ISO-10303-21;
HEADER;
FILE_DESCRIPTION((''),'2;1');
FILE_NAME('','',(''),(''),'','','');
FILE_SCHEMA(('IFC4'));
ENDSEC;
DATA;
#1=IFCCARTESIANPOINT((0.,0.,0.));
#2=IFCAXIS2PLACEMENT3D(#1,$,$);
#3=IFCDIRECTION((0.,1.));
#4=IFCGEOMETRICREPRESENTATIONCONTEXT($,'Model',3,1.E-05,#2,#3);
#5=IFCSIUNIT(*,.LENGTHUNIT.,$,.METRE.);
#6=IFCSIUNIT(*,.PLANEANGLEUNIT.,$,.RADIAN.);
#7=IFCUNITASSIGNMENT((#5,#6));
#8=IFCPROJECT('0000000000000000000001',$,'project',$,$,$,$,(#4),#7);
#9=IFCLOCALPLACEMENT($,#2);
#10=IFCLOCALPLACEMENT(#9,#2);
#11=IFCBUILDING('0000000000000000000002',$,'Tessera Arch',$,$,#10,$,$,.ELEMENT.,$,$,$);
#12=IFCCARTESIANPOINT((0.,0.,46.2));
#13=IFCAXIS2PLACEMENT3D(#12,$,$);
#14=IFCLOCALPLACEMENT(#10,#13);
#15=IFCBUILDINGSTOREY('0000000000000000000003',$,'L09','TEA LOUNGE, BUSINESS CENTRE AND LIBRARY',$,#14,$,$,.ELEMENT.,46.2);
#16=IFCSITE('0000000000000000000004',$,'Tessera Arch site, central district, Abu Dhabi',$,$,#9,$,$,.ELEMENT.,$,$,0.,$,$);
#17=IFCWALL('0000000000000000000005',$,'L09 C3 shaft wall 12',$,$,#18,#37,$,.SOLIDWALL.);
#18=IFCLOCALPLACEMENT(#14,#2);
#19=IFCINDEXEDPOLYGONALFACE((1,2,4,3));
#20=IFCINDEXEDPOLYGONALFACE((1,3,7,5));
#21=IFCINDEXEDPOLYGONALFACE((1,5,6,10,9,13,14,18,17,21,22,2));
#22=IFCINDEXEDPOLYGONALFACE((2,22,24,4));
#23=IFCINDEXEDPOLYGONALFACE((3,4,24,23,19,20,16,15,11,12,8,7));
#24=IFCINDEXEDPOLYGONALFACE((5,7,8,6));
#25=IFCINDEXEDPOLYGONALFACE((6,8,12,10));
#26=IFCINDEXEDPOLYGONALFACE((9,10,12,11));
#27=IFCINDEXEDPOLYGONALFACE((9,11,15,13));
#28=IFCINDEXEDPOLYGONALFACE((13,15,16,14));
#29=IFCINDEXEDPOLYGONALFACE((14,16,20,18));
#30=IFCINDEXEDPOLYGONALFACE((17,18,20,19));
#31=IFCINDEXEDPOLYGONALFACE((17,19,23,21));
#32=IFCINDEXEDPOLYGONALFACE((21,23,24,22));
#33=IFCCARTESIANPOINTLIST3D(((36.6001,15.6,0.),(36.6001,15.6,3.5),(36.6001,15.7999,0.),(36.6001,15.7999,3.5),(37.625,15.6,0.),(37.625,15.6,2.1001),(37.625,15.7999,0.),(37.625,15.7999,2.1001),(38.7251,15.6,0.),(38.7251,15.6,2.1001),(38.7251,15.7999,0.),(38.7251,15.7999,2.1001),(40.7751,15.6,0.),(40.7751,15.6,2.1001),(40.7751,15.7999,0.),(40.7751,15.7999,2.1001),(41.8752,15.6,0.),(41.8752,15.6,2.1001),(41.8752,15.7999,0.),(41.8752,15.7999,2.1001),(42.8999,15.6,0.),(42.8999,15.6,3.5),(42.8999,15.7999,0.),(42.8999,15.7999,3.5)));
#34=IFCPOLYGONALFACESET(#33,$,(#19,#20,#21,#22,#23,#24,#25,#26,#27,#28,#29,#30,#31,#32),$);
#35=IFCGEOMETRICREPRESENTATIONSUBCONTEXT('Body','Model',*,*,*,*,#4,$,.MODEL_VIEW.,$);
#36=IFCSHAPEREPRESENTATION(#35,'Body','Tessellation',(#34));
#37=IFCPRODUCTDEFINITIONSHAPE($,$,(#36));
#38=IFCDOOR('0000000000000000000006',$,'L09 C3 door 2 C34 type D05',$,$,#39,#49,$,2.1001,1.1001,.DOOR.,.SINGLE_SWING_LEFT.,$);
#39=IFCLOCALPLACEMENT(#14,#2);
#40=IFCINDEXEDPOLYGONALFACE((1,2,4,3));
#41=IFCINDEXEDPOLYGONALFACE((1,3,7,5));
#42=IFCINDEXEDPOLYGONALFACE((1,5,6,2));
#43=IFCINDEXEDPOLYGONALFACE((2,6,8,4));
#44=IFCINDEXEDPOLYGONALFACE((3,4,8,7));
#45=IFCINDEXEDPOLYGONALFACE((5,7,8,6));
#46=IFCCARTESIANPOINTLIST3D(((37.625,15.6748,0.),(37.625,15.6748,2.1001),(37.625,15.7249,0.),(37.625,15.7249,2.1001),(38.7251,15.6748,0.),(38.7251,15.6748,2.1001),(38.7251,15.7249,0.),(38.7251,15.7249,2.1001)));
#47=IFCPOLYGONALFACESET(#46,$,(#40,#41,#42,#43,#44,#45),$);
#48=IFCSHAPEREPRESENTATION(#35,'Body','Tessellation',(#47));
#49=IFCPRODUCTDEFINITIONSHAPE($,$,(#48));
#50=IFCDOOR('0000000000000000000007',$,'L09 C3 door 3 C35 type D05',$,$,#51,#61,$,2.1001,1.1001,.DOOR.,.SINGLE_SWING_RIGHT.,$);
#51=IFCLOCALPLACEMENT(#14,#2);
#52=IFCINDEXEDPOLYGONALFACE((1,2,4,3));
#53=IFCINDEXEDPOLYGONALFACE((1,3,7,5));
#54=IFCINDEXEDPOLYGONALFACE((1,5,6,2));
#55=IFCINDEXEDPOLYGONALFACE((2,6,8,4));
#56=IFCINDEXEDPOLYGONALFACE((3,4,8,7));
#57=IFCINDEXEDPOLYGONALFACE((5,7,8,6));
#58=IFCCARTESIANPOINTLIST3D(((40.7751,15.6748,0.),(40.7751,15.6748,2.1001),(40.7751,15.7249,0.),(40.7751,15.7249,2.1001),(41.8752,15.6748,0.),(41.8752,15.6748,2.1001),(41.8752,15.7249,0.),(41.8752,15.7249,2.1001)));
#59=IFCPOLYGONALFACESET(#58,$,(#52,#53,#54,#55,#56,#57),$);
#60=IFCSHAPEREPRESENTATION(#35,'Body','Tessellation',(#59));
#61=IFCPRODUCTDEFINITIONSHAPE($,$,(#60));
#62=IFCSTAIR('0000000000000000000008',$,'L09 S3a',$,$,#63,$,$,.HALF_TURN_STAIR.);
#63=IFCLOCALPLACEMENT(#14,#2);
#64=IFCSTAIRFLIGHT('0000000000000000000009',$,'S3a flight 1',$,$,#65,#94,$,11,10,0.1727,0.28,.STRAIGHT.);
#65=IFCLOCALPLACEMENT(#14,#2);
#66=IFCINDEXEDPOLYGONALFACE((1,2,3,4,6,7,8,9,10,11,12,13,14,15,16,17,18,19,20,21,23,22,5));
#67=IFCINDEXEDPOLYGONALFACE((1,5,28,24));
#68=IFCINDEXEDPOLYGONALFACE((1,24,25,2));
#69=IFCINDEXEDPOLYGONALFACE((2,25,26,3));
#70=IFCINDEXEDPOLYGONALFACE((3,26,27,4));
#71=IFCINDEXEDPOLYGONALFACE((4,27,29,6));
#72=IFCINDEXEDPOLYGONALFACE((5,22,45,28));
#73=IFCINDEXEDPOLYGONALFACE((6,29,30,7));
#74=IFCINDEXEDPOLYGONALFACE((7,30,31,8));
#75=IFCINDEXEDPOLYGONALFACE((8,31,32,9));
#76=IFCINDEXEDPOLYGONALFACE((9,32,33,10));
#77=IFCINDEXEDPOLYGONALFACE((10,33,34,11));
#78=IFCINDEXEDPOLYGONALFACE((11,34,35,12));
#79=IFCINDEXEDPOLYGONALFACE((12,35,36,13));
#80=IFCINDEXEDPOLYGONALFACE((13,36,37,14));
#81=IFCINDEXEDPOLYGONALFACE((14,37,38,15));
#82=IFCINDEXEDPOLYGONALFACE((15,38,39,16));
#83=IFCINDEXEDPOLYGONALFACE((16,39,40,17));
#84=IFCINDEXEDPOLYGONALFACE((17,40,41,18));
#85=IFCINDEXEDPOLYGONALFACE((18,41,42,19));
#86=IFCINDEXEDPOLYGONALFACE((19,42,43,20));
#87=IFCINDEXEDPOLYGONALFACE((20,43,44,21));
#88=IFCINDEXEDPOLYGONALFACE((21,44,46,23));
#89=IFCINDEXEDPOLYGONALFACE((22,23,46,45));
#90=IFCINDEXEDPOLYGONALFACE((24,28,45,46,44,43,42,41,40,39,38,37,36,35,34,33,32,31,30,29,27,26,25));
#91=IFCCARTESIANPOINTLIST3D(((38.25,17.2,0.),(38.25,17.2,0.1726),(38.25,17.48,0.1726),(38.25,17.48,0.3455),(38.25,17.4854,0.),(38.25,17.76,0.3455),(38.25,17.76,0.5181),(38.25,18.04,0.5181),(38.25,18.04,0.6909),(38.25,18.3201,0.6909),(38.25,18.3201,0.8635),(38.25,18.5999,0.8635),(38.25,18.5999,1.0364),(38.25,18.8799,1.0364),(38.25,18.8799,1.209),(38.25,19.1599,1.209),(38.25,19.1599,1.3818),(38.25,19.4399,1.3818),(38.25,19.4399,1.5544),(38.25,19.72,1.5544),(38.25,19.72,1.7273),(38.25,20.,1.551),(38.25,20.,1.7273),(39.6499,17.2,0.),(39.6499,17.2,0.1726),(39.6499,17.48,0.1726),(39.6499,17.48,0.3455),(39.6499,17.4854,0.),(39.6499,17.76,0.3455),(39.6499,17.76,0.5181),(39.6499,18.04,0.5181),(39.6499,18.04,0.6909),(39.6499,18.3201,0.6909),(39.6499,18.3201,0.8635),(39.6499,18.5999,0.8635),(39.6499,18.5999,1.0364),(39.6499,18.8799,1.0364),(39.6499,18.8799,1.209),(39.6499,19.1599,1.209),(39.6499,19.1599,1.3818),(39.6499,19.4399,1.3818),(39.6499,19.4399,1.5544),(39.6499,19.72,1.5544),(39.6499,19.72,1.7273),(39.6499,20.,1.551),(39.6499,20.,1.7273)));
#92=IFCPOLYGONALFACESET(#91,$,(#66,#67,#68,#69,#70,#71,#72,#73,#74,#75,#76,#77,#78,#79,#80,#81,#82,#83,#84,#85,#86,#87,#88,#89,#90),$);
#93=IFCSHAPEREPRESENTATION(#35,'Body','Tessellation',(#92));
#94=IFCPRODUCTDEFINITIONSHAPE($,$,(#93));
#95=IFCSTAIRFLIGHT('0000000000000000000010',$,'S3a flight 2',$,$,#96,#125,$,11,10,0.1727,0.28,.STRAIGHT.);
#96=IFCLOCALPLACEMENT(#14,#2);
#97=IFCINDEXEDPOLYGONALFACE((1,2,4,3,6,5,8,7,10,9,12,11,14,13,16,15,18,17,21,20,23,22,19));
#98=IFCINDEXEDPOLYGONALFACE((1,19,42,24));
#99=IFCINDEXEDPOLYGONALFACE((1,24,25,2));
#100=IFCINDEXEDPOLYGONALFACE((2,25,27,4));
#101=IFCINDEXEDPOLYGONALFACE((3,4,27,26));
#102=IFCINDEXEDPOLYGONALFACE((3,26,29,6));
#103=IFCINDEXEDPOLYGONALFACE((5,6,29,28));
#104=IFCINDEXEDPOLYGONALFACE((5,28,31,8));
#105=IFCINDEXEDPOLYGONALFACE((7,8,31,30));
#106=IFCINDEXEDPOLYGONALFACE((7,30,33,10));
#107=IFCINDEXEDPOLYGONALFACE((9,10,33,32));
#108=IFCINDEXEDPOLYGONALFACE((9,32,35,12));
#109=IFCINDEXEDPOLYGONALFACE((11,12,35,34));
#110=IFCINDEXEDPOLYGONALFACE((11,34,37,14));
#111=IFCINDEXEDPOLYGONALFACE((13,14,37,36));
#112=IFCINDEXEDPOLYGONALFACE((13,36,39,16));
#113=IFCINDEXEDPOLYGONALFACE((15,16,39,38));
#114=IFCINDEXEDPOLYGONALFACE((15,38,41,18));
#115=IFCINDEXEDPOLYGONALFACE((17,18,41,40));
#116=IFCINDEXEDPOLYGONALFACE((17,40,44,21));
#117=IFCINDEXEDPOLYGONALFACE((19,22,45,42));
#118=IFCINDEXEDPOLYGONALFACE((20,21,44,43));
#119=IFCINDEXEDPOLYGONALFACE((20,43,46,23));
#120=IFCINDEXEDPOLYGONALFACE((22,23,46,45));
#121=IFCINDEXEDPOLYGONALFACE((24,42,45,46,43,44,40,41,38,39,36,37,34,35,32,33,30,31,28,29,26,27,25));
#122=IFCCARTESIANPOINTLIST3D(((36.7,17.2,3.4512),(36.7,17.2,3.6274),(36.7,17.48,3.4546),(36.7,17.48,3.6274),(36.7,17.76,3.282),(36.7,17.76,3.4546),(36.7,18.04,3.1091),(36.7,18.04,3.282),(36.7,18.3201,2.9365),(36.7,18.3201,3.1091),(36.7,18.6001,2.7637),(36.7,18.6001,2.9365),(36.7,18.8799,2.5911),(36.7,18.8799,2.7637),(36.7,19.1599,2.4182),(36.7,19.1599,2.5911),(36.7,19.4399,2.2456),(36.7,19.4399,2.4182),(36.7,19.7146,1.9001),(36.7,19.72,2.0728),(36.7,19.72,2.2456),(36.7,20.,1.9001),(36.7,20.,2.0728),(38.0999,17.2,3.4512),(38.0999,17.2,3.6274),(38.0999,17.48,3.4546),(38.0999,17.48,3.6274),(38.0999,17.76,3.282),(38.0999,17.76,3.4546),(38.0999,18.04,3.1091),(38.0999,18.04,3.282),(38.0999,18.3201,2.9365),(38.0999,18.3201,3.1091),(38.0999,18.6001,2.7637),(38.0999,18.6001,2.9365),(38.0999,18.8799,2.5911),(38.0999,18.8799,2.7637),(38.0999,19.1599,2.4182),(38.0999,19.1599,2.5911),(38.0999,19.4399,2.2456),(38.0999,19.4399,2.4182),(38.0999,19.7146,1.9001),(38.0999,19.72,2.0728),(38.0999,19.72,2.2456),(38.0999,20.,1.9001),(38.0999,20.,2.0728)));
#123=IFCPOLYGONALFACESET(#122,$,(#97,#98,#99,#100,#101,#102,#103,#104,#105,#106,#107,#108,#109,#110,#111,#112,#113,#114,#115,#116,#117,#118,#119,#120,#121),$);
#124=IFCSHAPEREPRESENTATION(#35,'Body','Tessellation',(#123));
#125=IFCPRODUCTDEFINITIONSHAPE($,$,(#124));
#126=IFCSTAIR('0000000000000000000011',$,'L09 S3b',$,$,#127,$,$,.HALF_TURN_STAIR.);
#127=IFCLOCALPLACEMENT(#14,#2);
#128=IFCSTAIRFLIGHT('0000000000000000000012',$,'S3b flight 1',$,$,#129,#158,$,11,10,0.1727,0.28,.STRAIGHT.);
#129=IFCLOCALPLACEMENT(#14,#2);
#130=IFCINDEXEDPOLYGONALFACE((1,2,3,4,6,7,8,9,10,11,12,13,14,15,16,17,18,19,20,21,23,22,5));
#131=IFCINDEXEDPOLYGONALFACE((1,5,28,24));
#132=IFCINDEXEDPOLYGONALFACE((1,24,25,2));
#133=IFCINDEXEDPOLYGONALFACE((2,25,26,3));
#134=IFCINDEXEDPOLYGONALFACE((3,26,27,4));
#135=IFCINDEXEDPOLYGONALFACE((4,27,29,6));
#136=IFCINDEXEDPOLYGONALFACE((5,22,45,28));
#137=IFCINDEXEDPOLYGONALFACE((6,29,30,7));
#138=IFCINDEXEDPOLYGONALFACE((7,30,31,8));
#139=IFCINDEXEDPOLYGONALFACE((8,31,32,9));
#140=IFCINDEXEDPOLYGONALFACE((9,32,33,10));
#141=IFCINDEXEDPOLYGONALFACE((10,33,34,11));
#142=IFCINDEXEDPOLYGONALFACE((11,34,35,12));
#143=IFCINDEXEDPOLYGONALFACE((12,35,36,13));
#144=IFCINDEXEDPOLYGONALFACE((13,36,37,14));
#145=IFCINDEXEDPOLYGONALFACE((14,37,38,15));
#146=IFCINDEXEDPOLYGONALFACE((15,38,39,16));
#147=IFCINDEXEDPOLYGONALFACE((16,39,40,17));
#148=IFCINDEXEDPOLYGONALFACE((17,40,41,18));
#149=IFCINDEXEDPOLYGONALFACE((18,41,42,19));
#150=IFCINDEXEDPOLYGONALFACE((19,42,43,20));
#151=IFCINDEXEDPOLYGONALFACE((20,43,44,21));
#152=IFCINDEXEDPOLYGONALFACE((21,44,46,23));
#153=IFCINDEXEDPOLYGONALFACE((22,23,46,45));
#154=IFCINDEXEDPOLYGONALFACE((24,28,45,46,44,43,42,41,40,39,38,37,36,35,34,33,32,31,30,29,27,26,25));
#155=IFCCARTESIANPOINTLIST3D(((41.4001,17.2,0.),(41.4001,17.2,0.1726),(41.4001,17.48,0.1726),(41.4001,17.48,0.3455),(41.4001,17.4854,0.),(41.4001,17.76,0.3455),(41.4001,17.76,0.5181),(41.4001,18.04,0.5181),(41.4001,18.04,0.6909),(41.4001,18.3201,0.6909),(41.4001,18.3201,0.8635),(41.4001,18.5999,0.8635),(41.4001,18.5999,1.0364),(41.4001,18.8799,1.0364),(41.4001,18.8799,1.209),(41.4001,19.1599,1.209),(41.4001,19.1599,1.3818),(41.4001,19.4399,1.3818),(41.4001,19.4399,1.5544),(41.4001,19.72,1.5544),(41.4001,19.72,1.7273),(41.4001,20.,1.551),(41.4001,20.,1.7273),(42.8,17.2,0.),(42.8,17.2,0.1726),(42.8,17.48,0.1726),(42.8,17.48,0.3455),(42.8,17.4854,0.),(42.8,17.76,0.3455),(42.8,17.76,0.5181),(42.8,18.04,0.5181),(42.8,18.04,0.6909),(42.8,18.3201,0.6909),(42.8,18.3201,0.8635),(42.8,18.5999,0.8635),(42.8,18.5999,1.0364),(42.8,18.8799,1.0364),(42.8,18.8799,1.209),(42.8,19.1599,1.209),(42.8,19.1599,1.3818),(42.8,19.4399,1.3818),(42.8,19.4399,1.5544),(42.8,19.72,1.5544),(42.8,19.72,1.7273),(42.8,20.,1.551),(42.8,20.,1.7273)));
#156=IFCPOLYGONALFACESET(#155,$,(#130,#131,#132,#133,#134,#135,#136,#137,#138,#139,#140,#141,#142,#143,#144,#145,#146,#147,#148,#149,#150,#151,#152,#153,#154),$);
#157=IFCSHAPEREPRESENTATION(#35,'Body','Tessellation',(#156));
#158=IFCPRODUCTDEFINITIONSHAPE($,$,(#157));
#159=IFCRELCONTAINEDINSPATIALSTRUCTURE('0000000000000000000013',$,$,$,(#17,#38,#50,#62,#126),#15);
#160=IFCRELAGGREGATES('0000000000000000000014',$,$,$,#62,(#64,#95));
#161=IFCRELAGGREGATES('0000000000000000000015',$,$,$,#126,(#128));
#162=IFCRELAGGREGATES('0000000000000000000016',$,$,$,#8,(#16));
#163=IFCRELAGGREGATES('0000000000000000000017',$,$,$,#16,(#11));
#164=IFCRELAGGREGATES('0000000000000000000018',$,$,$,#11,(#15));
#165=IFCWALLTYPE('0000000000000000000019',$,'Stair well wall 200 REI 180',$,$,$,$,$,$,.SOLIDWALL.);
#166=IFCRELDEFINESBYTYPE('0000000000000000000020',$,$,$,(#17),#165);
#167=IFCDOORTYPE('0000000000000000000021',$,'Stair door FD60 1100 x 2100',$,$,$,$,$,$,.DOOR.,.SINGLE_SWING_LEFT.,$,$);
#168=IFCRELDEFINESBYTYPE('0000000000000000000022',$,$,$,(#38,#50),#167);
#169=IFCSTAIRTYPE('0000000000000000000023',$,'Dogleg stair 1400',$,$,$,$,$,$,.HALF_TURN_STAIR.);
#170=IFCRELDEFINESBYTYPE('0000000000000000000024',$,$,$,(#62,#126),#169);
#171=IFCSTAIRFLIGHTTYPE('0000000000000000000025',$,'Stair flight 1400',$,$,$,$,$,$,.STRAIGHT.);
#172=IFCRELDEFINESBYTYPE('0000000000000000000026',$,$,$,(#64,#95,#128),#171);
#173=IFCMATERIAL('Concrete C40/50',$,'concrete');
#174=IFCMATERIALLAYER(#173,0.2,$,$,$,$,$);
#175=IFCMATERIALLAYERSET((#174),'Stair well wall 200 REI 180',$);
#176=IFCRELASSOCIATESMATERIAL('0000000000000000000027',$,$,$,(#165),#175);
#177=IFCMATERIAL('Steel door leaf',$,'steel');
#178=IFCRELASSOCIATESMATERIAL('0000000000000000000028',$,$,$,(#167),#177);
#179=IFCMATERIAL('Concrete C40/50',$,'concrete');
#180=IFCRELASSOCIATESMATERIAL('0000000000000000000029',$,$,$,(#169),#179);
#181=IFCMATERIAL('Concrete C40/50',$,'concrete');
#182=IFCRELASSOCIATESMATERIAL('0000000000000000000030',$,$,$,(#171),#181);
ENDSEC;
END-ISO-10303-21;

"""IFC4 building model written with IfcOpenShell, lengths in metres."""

from ifc_helpers import new_model, si_unit, direction, frame, frame_2d, origin, place, context, subcontext, project, spatial, polyline, rectangle, outline, extrude, material, layer, layer_set, type_object, element, fill, aggregate, save


model = new_model("IFC4")

# Units and contexts
model_context = context("Model", 3, precision=1e-05, world=origin(), true_north=direction((0.0, 1.0)))
body_context = subcontext(model_context, "Body", "Model", "MODEL_VIEW")
ifc_project = project(units=[si_unit("LENGTHUNIT", "METRE"), si_unit("PLANEANGLEUNIT", "RADIAN")], contexts=[model_context])

# Site, building, storey
site_placement = place(None, origin())
site = spatial("IfcSite", under=ifc_project, at=site_placement, Name="Tessera Arch site, central district, Abu Dhabi", CompositionType="ELEMENT", RefElevation=0.0)
building_placement = place(site_placement, origin())
building = spatial("IfcBuilding", under=site, at=building_placement, Name="Tessera Arch", CompositionType="ELEMENT")
storey_placement = place(building_placement, frame((0.0, 0.0, 46.2)))
storey = spatial("IfcBuildingStorey", under=building, at=storey_placement, Name="L09", Description="TEA LOUNGE, BUSINESS CENTRE AND LIBRARY", CompositionType="ELEMENT", Elevation=46.2)

# Shared definitions
ifc_material_1 = material(Name="Concrete C40/50", Category="concrete")
ifc_layer_1 = layer(ifc_material_1, 0.2)
ifc_layer_set_1 = layer_set([ifc_layer_1], Name="Stair well wall 200 REI 180")
wall_type_1 = type_object("IfcWallType", Name="Stair well wall 200 REI 180", PredefinedType="SOLIDWALL", material=ifc_layer_set_1)

# Wall, openings, doors
wall_1_placement = place(storey_placement, frame((36.6001, 15.7, 0.0), z_axis=(0.0, 0.0, 1.0), x_axis=(1.0, 0.0, 0.0)))
wall_1 = element("IfcWall", 1, at=wall_1_placement, inside=storey, type_object=wall_type_1, Name="L09 C3 shaft wall 12", PredefinedType="SOLIDWALL", context=body_context, shape_type="SweptSolid", body=[
    extrude(rectangle(XDim=6.2998, YDim=0.2, at=frame_2d((3.1499, 0.0))), origin(), (0.0, 0.0, 1.0), 3.5),
])
opening_1_placement = place(wall_1_placement, frame((1.0249, 0.0, 0.0)))
opening_1 = element("IfcOpeningElement", 2, at=opening_1_placement, cuts=wall_1, PredefinedType="OPENING", context=body_context, shape_type="SweptSolid", body=[
    extrude(rectangle(XDim=1.1001, YDim=2.1001, at=frame_2d((0.55, 1.05))), frame((0.0, 0.1099, 0.0), z_axis=(0.0, -1.0, 0.0), x_axis=(1.0, 0.0, 0.0)), (0.0, 0.0, 1.0), 0.22),
])
opening_2_placement = place(wall_1_placement, frame((4.175, 0.0, 0.0)))
opening_2 = element("IfcOpeningElement", 3, at=opening_2_placement, cuts=wall_1, PredefinedType="OPENING", context=body_context, shape_type="SweptSolid", body=[
    extrude(rectangle(XDim=1.1001, YDim=2.1001, at=frame_2d((0.55, 1.05))), frame((0.0, 0.1099, 0.0), z_axis=(0.0, -1.0, 0.0), x_axis=(1.0, 0.0, 0.0)), (0.0, 0.0, 1.0), 0.22),
])
ifc_material_2 = material(Name="Steel door leaf", Category="steel")
door_type_1 = type_object("IfcDoorType", Name="Stair door FD60 1100 x 2100", OperationType="SINGLE_SWING_LEFT", PredefinedType="DOOR", material=ifc_material_2)
door_1_placement = place(opening_1_placement, origin())
door_1 = element("IfcDoor", 4, at=door_1_placement, inside=storey, type_object=door_type_1, Name="L09 C3 door 2 C34 type D05", OperationType="SINGLE_SWING_LEFT", OverallHeight=2.1001, OverallWidth=1.1001, PredefinedType="DOOR", context=body_context, shape_type="SweptSolid", body=[
    extrude(rectangle(XDim=1.1001, YDim=2.1001, at=frame_2d((0.55, 1.05))), frame((0.0, 0.0249, 0.0), z_axis=(0.0, -1.0, 0.0), x_axis=(1.0, 0.0, 0.0)), (0.0, 0.0, 1.0), 0.05),
])
fill(opening_1, door_1)
door_2_placement = place(opening_2_placement, origin())
door_2 = element("IfcDoor", 5, at=door_2_placement, inside=storey, type_object=door_type_1, Name="L09 C3 door 3 C35 type D05", OperationType="SINGLE_SWING_RIGHT", OverallHeight=2.1001, OverallWidth=1.1001, PredefinedType="DOOR", context=body_context, shape_type="SweptSolid", body=[
    extrude(rectangle(XDim=1.1001, YDim=2.1001, at=frame_2d((0.55, 1.05))), frame((0.0, 0.0249, 0.0), z_axis=(0.0, -1.0, 0.0), x_axis=(1.0, 0.0, 0.0)), (0.0, 0.0, 1.0), 0.05),
])
fill(opening_2, door_2)

# Stairs, stair flights
ifc_material_3 = material(Name="Concrete C40/50", Category="concrete")
stair_type = type_object("IfcStairType", Name="Dogleg stair 1400", PredefinedType="HALF_TURN_STAIR", material=ifc_material_3)
stair_1_placement = place(storey_placement, origin())
stair_1 = element("IfcStair", 6, at=stair_1_placement, inside=storey, type_object=stair_type, Name="L09 S3a", PredefinedType="HALF_TURN_STAIR")
ifc_material_4 = material(Name="Concrete C40/50", Category="concrete")
stair_flight_type = type_object("IfcStairFlightType", Name="Stair flight 1400", PredefinedType="STRAIGHT", material=ifc_material_4)
stair_flight_1_placement = place(storey_placement, frame((38.95, 17.2, 0.0), z_axis=(0.0, 0.0, 1.0), x_axis=(0.0, 1.0, 0.0)))
stair_flight_1 = element("IfcStairFlight", 7, at=stair_flight_1_placement, type_object=stair_flight_type, Name="S3a flight 1", NumberOfRisers=11, NumberOfTreads=10, PredefinedType="STRAIGHT", RiserHeight=0.1727, TreadLength=0.28, context=body_context, shape_type="SweptSolid", body=[
    extrude(outline(polyline([(0.0, 0.0), (0.0, 0.1726), (0.28, 0.1726), (0.28, 0.3455), (0.5601, 0.3455), (0.5601, 0.5181), (0.8401, 0.5181), (0.8401, 0.6909), (1.1201, 0.6909), (1.1201, 0.8635), (1.3999, 0.8635), (1.3999, 1.0364), (1.6799, 1.0364), (1.6799, 1.209), (1.96, 1.209), (1.96, 1.3818), (2.24, 1.3818), (2.24, 1.5544), (2.52, 1.5544), (2.52, 1.7273), (2.8, 1.7273), (2.8, 1.8999), (2.8, 1.551), (0.2854, 0.0), (0.0, 0.0)])), frame((0.0, 0.7, 0.0), z_axis=(0.0, -1.0, 0.0), x_axis=(1.0, 0.0, 0.0)), (0.0, 0.0, 1.0), 1.3999),
])
stair_flight_2_placement = place(storey_placement, frame((37.3999, 20.0, 1.9001), z_axis=(0.0, 0.0, 1.0), x_axis=(0.0, -1.0, 0.0)))
stair_flight_2 = element("IfcStairFlight", 8, at=stair_flight_2_placement, type_object=stair_flight_type, Name="S3a flight 2", NumberOfRisers=11, NumberOfTreads=10, PredefinedType="STRAIGHT", RiserHeight=0.1727, TreadLength=0.28, context=body_context, shape_type="SweptSolid", body=[
    extrude(outline(polyline([(0.0, 0.0), (0.0, 0.1726), (0.28, 0.1726), (0.28, 0.3455), (0.5601, 0.3455), (0.5601, 0.5181), (0.8401, 0.5181), (0.8401, 0.6909), (1.1201, 0.6909), (1.1201, 0.8635), (1.3999, 0.8635), (1.3999, 1.0364), (1.6799, 1.0364), (1.6799, 1.209), (1.96, 1.209), (1.96, 1.3818), (2.24, 1.3818), (2.24, 1.5544), (2.52, 1.5544), (2.52, 1.7273), (2.8, 1.7273), (2.8, 1.8999), (2.8, 1.551), (0.2854, 0.0), (0.0, 0.0)])), frame((0.0, 0.7, 0.0), z_axis=(0.0, -1.0, 0.0), x_axis=(1.0, 0.0, 0.0)), (0.0, 0.0, 1.0), 1.3999),
])
aggregate(stair_1, [stair_flight_1, stair_flight_2])
stair_2_placement = place(storey_placement, origin())
stair_2 = element("IfcStair", 9, at=stair_2_placement, inside=storey, type_object=stair_type, Name="L09 S3b", PredefinedType="HALF_TURN_STAIR")
stair_flight_3_placement = place(storey_placement, frame((42.1001, 17.2, 0.0), z_axis=(0.0, 0.0, 1.0), x_axis=(0.0, 1.0, 0.0)))
stair_flight_3 = element("IfcStairFlight", 10, at=stair_flight_3_placement, type_object=stair_flight_type, Name="S3b flight 1", NumberOfRisers=11, NumberOfTreads=10, PredefinedType="STRAIGHT", RiserHeight=0.1727, TreadLength=0.28, context=body_context, shape_type="SweptSolid", body=[
    extrude(outline(polyline([(0.0, 0.0), (0.0, 0.1726), (0.28, 0.1726), (0.28, 0.3455), (0.5601, 0.3455), (0.5601, 0.5181), (0.8401, 0.5181), (0.8401, 0.6909), (1.1201, 0.6909), (1.1201, 0.8635), (1.3999, 0.8635), (1.3999, 1.0364), (1.6799, 1.0364), (1.6799, 1.209), (1.96, 1.209), (1.96, 1.3818), (2.24, 1.3818), (2.24, 1.5544), (2.52, 1.5544), (2.52, 1.7273), (2.8, 1.7273), (2.8, 1.8999), (2.8, 1.551), (0.2854, 0.0), (0.0, 0.0)])), frame((0.0, 0.7, 0.0), z_axis=(0.0, -1.0, 0.0), x_axis=(1.0, 0.0, 0.0)), (0.0, 0.0, 1.0), 1.3999),
])
aggregate(stair_2, [stair_flight_3])

save(model, "model.ifc")
